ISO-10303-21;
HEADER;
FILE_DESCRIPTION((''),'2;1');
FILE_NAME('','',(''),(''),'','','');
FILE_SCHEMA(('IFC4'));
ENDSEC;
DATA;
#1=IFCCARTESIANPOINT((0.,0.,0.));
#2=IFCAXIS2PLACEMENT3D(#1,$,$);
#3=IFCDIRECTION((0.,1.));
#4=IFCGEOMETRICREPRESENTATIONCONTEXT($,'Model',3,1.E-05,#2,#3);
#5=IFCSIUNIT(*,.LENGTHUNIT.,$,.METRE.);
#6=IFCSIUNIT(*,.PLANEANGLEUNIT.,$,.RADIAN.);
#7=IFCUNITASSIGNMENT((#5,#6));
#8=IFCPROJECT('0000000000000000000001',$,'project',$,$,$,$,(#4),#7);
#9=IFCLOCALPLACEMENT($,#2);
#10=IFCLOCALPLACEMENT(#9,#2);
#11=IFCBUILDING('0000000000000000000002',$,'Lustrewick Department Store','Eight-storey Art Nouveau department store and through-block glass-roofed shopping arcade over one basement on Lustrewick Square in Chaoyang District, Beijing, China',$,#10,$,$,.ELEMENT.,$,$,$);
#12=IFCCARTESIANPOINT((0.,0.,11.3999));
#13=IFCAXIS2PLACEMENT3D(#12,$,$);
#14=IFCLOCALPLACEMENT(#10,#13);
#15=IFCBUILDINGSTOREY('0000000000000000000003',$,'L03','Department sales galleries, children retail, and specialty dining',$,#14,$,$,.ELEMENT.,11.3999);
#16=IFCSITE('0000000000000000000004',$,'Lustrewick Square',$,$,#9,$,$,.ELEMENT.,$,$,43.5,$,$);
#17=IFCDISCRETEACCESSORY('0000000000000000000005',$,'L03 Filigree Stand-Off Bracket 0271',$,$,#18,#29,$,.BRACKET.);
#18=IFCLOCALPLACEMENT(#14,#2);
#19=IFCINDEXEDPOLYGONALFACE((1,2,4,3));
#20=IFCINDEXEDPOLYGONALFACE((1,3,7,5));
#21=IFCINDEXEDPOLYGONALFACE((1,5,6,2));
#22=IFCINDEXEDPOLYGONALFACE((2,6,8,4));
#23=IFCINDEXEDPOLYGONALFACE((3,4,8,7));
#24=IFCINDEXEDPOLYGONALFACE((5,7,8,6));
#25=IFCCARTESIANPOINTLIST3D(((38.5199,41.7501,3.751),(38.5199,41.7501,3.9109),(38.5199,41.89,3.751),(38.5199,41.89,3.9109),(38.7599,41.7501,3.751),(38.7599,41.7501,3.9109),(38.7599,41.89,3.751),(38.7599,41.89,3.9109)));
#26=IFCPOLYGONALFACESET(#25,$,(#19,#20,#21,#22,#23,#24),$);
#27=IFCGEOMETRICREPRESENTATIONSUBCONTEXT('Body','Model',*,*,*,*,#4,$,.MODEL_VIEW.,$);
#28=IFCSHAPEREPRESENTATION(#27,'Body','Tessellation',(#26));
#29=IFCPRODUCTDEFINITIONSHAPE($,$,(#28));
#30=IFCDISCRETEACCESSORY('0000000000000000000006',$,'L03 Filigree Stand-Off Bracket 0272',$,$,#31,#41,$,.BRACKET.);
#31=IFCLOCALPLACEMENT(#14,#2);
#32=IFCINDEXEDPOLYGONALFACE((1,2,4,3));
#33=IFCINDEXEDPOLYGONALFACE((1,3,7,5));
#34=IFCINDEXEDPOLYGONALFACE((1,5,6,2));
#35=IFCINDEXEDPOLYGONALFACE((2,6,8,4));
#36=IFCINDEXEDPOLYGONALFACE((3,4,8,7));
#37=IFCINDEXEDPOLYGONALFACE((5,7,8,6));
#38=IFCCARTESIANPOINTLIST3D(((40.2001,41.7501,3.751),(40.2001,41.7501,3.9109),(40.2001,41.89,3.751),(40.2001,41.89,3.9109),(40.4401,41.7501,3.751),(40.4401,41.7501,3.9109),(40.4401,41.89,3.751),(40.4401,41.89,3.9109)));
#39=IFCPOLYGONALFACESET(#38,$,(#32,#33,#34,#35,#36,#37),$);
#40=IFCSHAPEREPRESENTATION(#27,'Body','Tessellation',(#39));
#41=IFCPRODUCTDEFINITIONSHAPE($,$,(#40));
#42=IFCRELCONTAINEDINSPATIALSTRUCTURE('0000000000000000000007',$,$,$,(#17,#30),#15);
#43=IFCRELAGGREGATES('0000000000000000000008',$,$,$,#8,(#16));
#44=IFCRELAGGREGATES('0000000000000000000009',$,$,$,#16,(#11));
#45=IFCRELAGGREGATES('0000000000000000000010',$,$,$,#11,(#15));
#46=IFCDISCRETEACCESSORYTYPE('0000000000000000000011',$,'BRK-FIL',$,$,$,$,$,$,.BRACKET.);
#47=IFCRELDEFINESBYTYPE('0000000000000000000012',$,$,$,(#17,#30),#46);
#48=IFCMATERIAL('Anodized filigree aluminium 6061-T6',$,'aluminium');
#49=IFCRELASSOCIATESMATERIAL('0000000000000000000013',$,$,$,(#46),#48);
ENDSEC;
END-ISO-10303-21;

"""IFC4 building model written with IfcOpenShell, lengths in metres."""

from ifc_helpers import new_model, si_unit, direction, frame, origin, origin_2d, place, context, subcontext, project, spatial, rectangle, extrude, material, type_object, element, save


model = new_model("IFC4")

# Units and contexts
model_context = context("Model", 3, precision=1e-05, world=origin(), true_north=direction((0.0, 1.0)))
body_context = subcontext(model_context, "Body", "Model", "MODEL_VIEW")
ifc_project = project(units=[si_unit("LENGTHUNIT", "METRE"), si_unit("PLANEANGLEUNIT", "RADIAN")], contexts=[model_context])

# Site, building, storey
site_placement = place(None, origin())
site = spatial("IfcSite", under=ifc_project, at=site_placement, Name="Lustrewick Square", CompositionType="ELEMENT", RefElevation=43.5)
building_placement = place(site_placement, origin())
building = spatial("IfcBuilding", under=site, at=building_placement, Name="Lustrewick Department Store", Description="Eight-storey Art Nouveau department store and through-block glass-roofed shopping arcade over one basement on Lustrewick Square in Chaoyang District, Beijing, China", CompositionType="ELEMENT")
storey_placement = place(building_placement, frame((0.0, 0.0, 11.3999)))
storey = spatial("IfcBuildingStorey", under=building, at=storey_placement, Name="L03", Description="Department sales galleries, children retail, and specialty dining", CompositionType="ELEMENT", Elevation=11.3999)

# Discrete accessories
ifc_material_1 = material(Name="Anodized filigree aluminium 6061-T6", Category="aluminium")
discrete_accessory_type = type_object("IfcDiscreteAccessoryType", Name="BRK-FIL", PredefinedType="BRACKET", material=ifc_material_1)
for number, where, z_axis, x_axis, name in (
    (1, (38.6399, 41.8201, 3.751), (0.0, 0.0, 1.0), (1.0, 0.0, 0.0), "L03 Filigree Stand-Off Bracket 0271"),
    (2, (40.3201, 41.8201, 3.751), (0.0, 0.0, 1.0), (1.0, 0.0, 0.0), "L03 Filigree Stand-Off Bracket 0272"),
):
    element("IfcDiscreteAccessory", number, at=place(storey_placement, frame(where, z_axis=z_axis, x_axis=x_axis)), inside=storey, type_object=discrete_accessory_type, Name=name, PredefinedType="BRACKET", context=body_context, shape_type="SweptSolid", body=[
        extrude(rectangle(XDim=0.24, YDim=0.1399, at=origin_2d()), origin(), (0.0, 0.0, 1.0), 0.1599),
    ])

save(model, "model.ifc")
